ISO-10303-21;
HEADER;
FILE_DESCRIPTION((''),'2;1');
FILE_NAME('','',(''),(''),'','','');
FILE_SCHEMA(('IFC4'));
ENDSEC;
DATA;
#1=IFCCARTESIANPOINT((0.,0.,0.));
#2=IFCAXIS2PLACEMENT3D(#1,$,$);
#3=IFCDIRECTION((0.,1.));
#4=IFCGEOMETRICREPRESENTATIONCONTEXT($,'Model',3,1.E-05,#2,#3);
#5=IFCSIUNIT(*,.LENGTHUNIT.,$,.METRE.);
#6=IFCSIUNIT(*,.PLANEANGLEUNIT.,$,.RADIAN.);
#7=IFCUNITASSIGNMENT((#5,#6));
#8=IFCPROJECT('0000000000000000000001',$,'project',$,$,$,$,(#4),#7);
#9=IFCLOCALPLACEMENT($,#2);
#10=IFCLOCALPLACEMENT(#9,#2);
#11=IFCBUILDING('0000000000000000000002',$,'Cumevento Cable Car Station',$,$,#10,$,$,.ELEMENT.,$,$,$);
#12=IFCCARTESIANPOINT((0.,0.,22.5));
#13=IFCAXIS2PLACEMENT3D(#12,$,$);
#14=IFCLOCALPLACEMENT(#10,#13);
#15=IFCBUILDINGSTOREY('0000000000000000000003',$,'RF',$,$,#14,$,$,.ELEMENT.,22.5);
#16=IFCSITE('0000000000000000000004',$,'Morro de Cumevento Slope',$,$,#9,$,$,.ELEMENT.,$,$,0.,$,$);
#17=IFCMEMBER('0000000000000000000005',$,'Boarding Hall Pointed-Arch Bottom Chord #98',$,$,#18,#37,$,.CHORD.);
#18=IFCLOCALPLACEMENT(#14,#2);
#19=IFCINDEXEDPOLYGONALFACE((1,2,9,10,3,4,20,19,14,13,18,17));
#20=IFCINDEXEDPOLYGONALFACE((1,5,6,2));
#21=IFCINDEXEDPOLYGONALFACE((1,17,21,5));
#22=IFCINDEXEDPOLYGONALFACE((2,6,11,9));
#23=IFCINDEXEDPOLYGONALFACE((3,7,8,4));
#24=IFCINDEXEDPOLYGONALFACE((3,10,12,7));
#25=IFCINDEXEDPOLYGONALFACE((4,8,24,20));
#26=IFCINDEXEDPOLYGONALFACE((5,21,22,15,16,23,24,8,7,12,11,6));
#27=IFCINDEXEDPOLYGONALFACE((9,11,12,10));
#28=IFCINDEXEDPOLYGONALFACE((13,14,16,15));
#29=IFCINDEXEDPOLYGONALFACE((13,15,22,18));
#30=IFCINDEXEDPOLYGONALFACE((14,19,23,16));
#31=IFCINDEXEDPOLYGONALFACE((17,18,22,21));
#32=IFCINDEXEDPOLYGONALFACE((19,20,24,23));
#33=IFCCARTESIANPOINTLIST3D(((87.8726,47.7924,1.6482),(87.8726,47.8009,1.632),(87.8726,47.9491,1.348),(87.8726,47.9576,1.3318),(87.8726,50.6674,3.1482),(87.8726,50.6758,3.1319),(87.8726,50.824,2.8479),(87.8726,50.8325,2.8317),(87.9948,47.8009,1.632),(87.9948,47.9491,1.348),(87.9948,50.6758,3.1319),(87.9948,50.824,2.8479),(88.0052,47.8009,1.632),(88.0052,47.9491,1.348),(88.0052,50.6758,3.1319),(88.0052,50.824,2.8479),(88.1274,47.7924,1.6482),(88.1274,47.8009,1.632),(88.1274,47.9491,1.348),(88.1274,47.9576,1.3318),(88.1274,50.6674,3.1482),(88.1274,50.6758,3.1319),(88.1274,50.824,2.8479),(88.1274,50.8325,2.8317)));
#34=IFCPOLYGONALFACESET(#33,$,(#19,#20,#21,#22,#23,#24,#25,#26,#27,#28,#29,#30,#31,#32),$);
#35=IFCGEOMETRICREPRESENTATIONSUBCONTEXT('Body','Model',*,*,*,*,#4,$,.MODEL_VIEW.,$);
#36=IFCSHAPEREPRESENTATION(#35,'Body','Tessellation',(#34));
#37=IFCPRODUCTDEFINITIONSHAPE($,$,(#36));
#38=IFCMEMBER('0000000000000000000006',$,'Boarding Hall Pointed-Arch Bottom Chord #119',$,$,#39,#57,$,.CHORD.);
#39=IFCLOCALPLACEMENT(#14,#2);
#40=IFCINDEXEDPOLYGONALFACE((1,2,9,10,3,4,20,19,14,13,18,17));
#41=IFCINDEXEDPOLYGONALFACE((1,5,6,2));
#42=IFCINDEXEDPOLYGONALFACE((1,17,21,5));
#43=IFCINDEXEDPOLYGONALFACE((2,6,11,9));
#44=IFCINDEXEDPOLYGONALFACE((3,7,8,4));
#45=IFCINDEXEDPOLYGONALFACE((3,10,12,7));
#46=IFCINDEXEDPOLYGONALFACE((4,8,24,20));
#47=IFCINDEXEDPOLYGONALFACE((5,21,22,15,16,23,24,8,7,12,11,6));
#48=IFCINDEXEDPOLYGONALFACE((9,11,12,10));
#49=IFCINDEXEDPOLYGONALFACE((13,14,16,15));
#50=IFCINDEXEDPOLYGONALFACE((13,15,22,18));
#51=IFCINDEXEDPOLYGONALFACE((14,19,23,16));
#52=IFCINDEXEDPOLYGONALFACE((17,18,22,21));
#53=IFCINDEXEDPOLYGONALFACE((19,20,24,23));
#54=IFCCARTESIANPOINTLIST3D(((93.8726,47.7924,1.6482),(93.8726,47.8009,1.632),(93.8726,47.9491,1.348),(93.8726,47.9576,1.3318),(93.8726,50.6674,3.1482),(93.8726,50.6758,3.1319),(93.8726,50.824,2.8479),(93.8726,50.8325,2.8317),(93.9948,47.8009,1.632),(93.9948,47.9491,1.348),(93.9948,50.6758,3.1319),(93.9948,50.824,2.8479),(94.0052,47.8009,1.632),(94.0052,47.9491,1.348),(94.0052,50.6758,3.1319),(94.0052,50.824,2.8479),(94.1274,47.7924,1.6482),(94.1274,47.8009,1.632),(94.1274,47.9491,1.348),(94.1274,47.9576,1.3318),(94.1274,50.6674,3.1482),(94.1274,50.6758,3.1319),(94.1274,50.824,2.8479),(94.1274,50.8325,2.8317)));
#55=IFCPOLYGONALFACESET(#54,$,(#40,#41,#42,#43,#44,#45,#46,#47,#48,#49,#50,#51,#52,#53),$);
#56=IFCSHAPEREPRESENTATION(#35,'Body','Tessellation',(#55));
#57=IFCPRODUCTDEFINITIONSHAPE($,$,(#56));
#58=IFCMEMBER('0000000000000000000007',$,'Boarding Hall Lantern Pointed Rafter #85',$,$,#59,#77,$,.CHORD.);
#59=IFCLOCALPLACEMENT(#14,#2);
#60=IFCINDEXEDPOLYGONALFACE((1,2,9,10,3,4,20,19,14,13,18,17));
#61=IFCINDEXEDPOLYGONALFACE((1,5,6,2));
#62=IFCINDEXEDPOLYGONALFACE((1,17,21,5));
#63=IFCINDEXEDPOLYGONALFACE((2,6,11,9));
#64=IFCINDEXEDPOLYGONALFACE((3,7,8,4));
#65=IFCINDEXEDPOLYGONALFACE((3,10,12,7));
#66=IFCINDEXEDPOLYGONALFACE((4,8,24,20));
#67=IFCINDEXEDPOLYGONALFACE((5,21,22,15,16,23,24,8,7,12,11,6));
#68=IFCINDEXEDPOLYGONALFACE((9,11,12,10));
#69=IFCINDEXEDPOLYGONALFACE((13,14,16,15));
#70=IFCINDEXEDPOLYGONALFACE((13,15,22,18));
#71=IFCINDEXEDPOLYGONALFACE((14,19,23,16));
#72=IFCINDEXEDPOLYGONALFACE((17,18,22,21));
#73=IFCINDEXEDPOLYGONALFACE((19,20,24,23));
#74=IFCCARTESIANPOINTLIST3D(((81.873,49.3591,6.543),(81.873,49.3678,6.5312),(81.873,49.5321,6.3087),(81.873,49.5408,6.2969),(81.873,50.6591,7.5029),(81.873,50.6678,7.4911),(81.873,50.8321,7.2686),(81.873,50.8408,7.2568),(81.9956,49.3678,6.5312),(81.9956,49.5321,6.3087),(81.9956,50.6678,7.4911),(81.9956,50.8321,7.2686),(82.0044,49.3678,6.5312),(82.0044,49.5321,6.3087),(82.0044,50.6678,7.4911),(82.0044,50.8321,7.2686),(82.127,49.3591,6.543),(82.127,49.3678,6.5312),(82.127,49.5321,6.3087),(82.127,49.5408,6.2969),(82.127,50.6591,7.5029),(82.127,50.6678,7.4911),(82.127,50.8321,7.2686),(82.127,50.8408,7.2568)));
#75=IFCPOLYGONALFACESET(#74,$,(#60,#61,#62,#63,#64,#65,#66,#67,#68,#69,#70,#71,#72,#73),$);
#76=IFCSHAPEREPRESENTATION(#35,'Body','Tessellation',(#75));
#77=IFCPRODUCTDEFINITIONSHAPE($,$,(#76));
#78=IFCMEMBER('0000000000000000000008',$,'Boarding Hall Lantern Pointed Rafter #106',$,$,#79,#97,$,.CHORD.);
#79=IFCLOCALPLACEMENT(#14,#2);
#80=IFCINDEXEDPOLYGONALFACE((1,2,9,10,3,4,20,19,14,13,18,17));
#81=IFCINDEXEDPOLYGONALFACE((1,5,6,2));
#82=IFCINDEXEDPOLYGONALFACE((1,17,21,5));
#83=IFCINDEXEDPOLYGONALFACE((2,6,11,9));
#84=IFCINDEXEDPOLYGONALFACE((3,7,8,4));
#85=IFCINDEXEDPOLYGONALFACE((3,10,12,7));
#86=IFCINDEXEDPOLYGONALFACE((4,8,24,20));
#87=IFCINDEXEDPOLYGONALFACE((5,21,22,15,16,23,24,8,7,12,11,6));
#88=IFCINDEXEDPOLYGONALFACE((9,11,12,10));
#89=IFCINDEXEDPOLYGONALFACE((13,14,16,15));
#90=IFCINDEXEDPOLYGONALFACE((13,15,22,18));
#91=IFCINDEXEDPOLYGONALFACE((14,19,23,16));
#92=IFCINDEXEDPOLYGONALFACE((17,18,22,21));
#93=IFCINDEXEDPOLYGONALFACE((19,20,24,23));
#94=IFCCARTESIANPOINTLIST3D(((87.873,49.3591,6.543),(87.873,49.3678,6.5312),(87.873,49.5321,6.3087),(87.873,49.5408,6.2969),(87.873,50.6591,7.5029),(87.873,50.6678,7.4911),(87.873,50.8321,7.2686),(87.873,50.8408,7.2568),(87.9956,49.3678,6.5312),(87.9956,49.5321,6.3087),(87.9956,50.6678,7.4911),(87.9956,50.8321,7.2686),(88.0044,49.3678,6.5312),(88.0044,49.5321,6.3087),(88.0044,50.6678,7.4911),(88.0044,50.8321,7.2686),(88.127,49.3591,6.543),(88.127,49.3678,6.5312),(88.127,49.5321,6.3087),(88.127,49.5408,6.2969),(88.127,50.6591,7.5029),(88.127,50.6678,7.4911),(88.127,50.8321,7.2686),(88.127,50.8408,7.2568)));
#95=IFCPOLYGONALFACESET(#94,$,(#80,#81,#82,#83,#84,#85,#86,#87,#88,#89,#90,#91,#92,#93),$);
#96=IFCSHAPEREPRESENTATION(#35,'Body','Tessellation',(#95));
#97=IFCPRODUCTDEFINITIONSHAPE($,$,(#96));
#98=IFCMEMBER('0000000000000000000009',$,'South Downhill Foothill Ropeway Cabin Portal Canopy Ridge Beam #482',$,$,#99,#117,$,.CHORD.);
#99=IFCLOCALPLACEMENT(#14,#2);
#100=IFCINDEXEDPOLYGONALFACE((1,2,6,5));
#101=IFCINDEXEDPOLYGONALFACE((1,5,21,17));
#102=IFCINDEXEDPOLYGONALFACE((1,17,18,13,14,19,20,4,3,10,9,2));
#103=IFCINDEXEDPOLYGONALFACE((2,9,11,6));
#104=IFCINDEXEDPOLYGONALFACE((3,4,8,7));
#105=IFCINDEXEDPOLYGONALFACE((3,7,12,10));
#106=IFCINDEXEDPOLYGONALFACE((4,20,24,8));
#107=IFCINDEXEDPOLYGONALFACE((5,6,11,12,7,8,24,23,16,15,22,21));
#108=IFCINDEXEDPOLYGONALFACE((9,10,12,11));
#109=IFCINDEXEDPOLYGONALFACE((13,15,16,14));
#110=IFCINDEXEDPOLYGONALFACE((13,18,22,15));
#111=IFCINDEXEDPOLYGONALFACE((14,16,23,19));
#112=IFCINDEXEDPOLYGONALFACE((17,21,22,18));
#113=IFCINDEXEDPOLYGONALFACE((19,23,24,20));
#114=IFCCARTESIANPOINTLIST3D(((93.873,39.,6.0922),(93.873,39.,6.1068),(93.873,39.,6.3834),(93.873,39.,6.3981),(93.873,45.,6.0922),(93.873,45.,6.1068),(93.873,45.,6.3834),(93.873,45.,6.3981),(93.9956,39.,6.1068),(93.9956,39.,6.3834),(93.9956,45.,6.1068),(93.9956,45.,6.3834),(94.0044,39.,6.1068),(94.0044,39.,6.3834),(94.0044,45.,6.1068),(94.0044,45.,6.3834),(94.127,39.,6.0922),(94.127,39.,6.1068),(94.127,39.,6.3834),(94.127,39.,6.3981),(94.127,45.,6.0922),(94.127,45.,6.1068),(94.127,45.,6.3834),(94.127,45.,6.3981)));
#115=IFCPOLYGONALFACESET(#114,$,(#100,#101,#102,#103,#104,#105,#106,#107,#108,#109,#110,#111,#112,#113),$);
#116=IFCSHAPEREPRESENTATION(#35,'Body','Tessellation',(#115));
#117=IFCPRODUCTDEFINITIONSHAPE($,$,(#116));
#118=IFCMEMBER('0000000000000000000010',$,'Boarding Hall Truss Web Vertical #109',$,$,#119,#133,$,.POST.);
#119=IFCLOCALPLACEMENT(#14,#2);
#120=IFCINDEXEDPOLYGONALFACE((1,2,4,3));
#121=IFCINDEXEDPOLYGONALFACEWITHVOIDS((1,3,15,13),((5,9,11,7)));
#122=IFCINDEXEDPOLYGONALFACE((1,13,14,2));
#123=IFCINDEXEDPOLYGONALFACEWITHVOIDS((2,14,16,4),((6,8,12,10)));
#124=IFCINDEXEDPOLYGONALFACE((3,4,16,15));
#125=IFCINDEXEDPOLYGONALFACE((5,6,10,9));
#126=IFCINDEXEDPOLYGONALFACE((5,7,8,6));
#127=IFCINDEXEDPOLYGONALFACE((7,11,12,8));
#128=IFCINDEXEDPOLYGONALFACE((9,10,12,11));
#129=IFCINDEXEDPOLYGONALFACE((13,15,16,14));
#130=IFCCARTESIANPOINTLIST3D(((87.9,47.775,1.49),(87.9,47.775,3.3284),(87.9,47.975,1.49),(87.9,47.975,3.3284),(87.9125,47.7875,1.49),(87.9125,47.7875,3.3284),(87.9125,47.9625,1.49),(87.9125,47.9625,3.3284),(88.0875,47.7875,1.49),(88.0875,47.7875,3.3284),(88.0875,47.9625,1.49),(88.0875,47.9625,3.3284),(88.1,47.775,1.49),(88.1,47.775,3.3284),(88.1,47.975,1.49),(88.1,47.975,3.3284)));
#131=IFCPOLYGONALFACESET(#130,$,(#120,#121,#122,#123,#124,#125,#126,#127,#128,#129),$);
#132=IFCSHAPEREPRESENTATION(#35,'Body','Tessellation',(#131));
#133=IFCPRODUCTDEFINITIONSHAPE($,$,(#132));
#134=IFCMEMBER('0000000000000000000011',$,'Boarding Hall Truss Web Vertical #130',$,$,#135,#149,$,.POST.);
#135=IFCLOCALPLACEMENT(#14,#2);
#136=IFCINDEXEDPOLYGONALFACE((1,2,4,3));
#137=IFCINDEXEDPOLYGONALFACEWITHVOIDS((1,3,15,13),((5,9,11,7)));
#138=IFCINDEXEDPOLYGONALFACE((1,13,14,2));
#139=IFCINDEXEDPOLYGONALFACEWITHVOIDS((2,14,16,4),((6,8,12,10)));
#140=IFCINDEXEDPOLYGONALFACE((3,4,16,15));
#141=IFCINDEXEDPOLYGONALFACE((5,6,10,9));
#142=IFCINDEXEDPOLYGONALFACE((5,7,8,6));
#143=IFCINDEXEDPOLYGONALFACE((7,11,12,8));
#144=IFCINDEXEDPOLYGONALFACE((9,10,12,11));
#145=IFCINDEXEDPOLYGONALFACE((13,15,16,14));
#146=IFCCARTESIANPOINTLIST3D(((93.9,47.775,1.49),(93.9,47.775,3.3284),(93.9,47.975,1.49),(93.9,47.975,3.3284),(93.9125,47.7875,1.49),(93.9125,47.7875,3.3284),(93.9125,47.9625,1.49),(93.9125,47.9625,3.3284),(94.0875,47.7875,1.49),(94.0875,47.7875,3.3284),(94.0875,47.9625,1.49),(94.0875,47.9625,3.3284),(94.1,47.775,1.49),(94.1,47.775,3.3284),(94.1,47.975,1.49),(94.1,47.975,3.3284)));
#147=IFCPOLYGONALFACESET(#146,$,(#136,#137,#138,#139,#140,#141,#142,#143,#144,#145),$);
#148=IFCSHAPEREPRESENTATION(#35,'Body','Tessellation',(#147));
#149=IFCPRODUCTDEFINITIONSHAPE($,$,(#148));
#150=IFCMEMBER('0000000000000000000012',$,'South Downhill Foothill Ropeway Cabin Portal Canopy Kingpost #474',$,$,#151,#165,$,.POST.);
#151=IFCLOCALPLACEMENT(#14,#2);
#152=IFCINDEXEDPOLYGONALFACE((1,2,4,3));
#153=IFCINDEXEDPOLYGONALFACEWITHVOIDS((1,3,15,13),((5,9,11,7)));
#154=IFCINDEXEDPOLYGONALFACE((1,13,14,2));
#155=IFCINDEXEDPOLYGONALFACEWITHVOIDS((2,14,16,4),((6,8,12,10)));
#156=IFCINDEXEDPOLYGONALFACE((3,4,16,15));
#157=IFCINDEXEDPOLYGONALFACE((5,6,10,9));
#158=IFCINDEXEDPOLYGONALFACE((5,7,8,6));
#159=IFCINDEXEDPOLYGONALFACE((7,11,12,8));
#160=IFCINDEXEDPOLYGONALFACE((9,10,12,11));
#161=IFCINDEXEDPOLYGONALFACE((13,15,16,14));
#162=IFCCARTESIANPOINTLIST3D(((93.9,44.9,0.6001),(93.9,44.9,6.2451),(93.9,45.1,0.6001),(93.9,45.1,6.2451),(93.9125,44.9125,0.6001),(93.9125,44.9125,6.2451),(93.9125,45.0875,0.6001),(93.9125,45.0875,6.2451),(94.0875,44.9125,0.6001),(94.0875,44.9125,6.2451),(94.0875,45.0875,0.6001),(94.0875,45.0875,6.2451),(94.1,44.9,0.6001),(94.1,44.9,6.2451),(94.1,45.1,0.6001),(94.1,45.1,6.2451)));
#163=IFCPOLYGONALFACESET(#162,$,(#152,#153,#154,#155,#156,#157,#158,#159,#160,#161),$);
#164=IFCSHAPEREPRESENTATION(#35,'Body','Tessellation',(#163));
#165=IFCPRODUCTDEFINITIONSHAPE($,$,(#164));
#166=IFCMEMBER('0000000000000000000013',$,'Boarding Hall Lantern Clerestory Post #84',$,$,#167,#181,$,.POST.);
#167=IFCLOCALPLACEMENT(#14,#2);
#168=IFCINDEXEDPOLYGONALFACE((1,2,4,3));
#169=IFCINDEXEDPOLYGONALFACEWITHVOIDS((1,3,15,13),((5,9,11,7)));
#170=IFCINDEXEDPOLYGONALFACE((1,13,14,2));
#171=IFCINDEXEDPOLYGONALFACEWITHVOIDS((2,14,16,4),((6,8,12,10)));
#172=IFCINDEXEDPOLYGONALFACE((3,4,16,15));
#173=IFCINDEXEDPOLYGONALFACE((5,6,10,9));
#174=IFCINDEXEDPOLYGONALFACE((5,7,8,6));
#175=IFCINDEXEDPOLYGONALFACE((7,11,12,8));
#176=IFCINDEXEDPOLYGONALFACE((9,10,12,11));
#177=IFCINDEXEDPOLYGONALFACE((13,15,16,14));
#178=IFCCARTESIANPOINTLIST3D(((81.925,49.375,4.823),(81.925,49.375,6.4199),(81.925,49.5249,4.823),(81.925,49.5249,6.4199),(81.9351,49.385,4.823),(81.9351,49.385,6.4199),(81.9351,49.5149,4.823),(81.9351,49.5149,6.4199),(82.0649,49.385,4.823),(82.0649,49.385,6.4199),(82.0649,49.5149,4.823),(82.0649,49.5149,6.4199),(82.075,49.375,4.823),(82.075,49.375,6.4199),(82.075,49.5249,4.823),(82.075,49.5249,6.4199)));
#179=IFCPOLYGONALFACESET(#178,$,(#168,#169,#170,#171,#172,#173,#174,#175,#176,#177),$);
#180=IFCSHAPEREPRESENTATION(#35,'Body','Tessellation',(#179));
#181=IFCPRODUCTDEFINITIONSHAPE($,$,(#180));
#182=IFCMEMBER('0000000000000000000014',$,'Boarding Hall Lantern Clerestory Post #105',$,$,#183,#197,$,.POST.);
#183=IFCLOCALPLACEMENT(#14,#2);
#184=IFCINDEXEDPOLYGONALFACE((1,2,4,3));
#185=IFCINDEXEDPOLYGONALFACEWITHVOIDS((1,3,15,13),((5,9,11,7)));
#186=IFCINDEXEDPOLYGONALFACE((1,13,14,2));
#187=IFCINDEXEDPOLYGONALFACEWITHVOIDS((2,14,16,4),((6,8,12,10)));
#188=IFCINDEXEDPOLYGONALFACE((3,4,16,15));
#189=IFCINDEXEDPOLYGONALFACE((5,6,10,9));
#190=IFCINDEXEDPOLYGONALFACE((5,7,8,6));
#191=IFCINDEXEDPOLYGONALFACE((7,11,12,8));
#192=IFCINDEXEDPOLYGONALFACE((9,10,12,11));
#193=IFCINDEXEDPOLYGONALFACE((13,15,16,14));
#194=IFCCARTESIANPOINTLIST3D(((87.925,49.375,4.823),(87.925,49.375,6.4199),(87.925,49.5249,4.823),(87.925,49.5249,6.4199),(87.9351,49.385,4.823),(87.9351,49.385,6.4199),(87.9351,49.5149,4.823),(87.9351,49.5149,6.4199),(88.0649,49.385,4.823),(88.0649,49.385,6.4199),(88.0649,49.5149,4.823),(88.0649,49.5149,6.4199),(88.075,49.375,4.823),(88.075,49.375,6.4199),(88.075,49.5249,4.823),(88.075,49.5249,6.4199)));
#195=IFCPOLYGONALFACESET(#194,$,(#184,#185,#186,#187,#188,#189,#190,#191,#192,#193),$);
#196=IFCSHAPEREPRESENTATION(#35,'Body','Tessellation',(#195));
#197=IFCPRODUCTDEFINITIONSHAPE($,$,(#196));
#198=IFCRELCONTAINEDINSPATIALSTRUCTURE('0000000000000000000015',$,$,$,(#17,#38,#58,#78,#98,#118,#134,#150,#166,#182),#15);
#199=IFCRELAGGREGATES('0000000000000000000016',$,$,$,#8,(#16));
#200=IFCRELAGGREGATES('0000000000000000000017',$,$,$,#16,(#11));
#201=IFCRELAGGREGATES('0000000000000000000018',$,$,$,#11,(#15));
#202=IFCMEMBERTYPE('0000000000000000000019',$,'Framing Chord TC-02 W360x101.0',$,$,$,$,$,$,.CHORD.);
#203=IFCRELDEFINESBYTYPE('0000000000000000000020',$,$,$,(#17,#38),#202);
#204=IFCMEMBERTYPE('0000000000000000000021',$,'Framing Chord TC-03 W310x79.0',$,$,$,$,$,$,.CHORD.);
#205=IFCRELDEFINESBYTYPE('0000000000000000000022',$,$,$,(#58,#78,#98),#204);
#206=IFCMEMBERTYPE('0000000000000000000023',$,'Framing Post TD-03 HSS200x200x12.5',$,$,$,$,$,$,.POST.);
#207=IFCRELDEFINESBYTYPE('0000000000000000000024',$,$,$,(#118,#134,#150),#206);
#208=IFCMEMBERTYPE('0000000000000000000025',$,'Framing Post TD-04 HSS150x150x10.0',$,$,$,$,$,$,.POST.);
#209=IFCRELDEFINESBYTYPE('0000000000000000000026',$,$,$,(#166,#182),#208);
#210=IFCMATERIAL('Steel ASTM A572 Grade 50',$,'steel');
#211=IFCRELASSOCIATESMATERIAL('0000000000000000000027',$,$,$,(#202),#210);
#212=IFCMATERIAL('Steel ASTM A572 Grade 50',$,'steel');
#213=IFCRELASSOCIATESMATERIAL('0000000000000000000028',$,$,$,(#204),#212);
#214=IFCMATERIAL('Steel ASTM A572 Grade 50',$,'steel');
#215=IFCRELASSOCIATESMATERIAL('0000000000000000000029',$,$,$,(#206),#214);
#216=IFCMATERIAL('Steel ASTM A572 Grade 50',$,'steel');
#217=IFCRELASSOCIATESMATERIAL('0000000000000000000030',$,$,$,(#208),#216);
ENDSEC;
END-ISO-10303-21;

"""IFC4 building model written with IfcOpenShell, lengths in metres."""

from ifc_helpers import new_model, si_unit, direction, frame, origin, origin_2d, place, context, subcontext, project, spatial, hollow_rectangle, i_section, extrude, material, material_profile, profile_set, type_object, element, save


model = new_model("IFC4")

# Units and contexts
model_context = context("Model", 3, precision=1e-05, world=origin(), true_north=direction((0.0, 1.0)))
body_context = subcontext(model_context, "Body", "Model", "MODEL_VIEW")
ifc_project = project(units=[si_unit("LENGTHUNIT", "METRE"), si_unit("PLANEANGLEUNIT", "RADIAN")], contexts=[model_context])

# Site, building, storey
site_placement = place(None, origin())
site = spatial("IfcSite", under=ifc_project, at=site_placement, Name="Morro de Cumevento Slope", CompositionType="ELEMENT", RefElevation=0.0)
building_placement = place(site_placement, origin())
building = spatial("IfcBuilding", under=site, at=building_placement, Name="Cumevento Cable Car Station", CompositionType="ELEMENT")
storey_placement = place(building_placement, frame((0.0, 0.0, 22.5)))
storey = spatial("IfcBuildingStorey", under=building, at=storey_placement, Name="RF", CompositionType="ELEMENT", Elevation=22.5)

# Members
ifc_material_1 = material(Name="Steel ASTM A572 Grade 50", Category="steel")
ifc_material_profile_1 = material_profile(ifc_material_1, i_section(OverallWidth=0.2549, OverallDepth=0.3569, WebThickness=0.0105, FlangeThickness=0.0183, at=origin_2d()), Name="W360x101.0")
ifc_profile_set_1 = profile_set([ifc_material_profile_1], Name="Steel ASTM A572 Grade 50")
member_type_1 = type_object("IfcMemberType", Name="Framing Chord TC-02 W360x101.0", PredefinedType="CHORD", material=ifc_profile_set_1)
for number, where, z_axis, x_axis, name in (
    (1, (88.0, 47.875, 1.49), (0.0, 0.886585, 0.462566), (-1.0, 0.0, 0.0), "Boarding Hall Pointed-Arch Bottom Chord #98"),
    (2, (94.0, 47.875, 1.49), (0.0, 0.886585, 0.462566), (-1.0, 0.0, 0.0), "Boarding Hall Pointed-Arch Bottom Chord #119"),
):
    element("IfcMember", number, at=place(storey_placement, frame(where, z_axis=z_axis, x_axis=x_axis)), inside=storey, type_object=member_type_1, Name=name, PredefinedType="CHORD", context=body_context, shape_type="SweptSolid", body=[
        extrude(i_section(OverallWidth=0.2549, OverallDepth=0.3569, WebThickness=0.0105, FlangeThickness=0.0183, at=origin_2d()), origin(), (0.0, 0.0, 1.0), 3.2427),
    ])
ifc_material_2 = material(Name="Steel ASTM A572 Grade 50", Category="steel")
ifc_material_profile_2 = material_profile(ifc_material_2, i_section(OverallWidth=0.2539, OverallDepth=0.3059, WebThickness=0.0088, FlangeThickness=0.0146, at=origin_2d()), Name="W310x79.0")
ifc_profile_set_2 = profile_set([ifc_material_profile_2], Name="Steel ASTM A572 Grade 50")
member_type_2 = type_object("IfcMemberType", Name="Framing Chord TC-03 W310x79.0", PredefinedType="CHORD", material=ifc_profile_set_2)
for number, where, z_axis, x_axis, name in (
    (3, (82.0, 49.45, 6.4199), (0.0, 0.804455, 0.594013), (-1.0, 0.0, 0.0), "Boarding Hall Lantern Pointed Rafter #85"),
    (4, (88.0, 49.45, 6.4199), (0.0, 0.804455, 0.594013), (-1.0, 0.0, 0.0), "Boarding Hall Lantern Pointed Rafter #106"),
):
    element("IfcMember", number, at=place(storey_placement, frame(where, z_axis=z_axis, x_axis=x_axis)), inside=storey, type_object=member_type_2, Name=name, PredefinedType="CHORD", context=body_context, shape_type="SweptSolid", body=[
        extrude(i_section(OverallWidth=0.2539, OverallDepth=0.3059, WebThickness=0.0088, FlangeThickness=0.0146, at=origin_2d()), origin(), (0.0, 0.0, 1.0), 1.616),
    ])
member_1_placement = place(storey_placement, frame((94.0, 45.0, 6.2451), z_axis=(0.0, -1.0, 0.0), x_axis=(1.0, 0.0, 0.0)))
element("IfcMember", 5, at=member_1_placement, inside=storey, type_object=member_type_2, Name="South Downhill Foothill Ropeway Cabin Portal Canopy Ridge Beam #482", PredefinedType="CHORD", context=body_context, shape_type="SweptSolid", body=[
    extrude(i_section(OverallWidth=0.2539, OverallDepth=0.3059, WebThickness=0.0088, FlangeThickness=0.0146, at=origin_2d()), origin(), (0.0, 0.0, 1.0), 6.0),
])
ifc_material_3 = material(Name="Steel ASTM A572 Grade 50", Category="steel")
ifc_material_profile_3 = material_profile(ifc_material_3, hollow_rectangle(XDim=0.2, YDim=0.2, WallThickness=0.0125, at=origin_2d()), Name="HSS200x200x12.5")
ifc_profile_set_3 = profile_set([ifc_material_profile_3], Name="Steel ASTM A572 Grade 50")
member_type_3 = type_object("IfcMemberType", Name="Framing Post TD-03 HSS200x200x12.5", PredefinedType="POST", material=ifc_profile_set_3)
for number, where, z_axis, x_axis, name in (
    (6, (88.0, 47.875, 1.49), (0.0, 0.0, 1.0), (1.0, 0.0, 0.0), "Boarding Hall Truss Web Vertical #109"),
    (7, (94.0, 47.875, 1.49), (0.0, 0.0, 1.0), (1.0, 0.0, 0.0), "Boarding Hall Truss Web Vertical #130"),
):
    element("IfcMember", number, at=place(storey_placement, frame(where, z_axis=z_axis, x_axis=x_axis)), inside=storey, type_object=member_type_3, Name=name, PredefinedType="POST", context=body_context, shape_type="SweptSolid", body=[
        extrude(hollow_rectangle(XDim=0.2, YDim=0.2, WallThickness=0.0125, at=origin_2d()), origin(), (0.0, 0.0, 1.0), 1.8384),
    ])
member_2_placement = place(storey_placement, frame((94.0, 45.0, 0.6001), z_axis=(0.0, 0.0, 1.0), x_axis=(1.0, 0.0, 0.0)))
element("IfcMember", 8, at=member_2_placement, inside=storey, type_object=member_type_3, Name="South Downhill Foothill Ropeway Cabin Portal Canopy Kingpost #474", PredefinedType="POST", context=body_context, shape_type="SweptSolid", body=[
    extrude(hollow_rectangle(XDim=0.2, YDim=0.2, WallThickness=0.0125, at=origin_2d()), origin(), (0.0, 0.0, 1.0), 5.645),
])
ifc_material_4 = material(Name="Steel ASTM A572 Grade 50", Category="steel")
ifc_material_profile_4 = material_profile(ifc_material_4, hollow_rectangle(XDim=0.1499, YDim=0.1499, WallThickness=0.01, at=origin_2d()), Name="HSS150x150x10.0")
ifc_profile_set_4 = profile_set([ifc_material_profile_4], Name="Steel ASTM A572 Grade 50")
member_type_4 = type_object("IfcMemberType", Name="Framing Post TD-04 HSS150x150x10.0", PredefinedType="POST", material=ifc_profile_set_4)
for number, where, z_axis, x_axis, name in (
    (9, (82.0, 49.45, 4.823), (0.0, 0.0, 1.0), (1.0, 0.0, 0.0), "Boarding Hall Lantern Clerestory Post #84"),
    (10, (88.0, 49.45, 4.823), (0.0, 0.0, 1.0), (1.0, 0.0, 0.0), "Boarding Hall Lantern Clerestory Post #105"),
):
    element("IfcMember", number, at=place(storey_placement, frame(where, z_axis=z_axis, x_axis=x_axis)), inside=storey, type_object=member_type_4, Name=name, PredefinedType="POST", context=body_context, shape_type="SweptSolid", body=[
        extrude(hollow_rectangle(XDim=0.1499, YDim=0.1499, WallThickness=0.01, at=origin_2d()), origin(), (0.0, 0.0, 1.0), 1.5969),
    ])

save(model, "model.ifc")
